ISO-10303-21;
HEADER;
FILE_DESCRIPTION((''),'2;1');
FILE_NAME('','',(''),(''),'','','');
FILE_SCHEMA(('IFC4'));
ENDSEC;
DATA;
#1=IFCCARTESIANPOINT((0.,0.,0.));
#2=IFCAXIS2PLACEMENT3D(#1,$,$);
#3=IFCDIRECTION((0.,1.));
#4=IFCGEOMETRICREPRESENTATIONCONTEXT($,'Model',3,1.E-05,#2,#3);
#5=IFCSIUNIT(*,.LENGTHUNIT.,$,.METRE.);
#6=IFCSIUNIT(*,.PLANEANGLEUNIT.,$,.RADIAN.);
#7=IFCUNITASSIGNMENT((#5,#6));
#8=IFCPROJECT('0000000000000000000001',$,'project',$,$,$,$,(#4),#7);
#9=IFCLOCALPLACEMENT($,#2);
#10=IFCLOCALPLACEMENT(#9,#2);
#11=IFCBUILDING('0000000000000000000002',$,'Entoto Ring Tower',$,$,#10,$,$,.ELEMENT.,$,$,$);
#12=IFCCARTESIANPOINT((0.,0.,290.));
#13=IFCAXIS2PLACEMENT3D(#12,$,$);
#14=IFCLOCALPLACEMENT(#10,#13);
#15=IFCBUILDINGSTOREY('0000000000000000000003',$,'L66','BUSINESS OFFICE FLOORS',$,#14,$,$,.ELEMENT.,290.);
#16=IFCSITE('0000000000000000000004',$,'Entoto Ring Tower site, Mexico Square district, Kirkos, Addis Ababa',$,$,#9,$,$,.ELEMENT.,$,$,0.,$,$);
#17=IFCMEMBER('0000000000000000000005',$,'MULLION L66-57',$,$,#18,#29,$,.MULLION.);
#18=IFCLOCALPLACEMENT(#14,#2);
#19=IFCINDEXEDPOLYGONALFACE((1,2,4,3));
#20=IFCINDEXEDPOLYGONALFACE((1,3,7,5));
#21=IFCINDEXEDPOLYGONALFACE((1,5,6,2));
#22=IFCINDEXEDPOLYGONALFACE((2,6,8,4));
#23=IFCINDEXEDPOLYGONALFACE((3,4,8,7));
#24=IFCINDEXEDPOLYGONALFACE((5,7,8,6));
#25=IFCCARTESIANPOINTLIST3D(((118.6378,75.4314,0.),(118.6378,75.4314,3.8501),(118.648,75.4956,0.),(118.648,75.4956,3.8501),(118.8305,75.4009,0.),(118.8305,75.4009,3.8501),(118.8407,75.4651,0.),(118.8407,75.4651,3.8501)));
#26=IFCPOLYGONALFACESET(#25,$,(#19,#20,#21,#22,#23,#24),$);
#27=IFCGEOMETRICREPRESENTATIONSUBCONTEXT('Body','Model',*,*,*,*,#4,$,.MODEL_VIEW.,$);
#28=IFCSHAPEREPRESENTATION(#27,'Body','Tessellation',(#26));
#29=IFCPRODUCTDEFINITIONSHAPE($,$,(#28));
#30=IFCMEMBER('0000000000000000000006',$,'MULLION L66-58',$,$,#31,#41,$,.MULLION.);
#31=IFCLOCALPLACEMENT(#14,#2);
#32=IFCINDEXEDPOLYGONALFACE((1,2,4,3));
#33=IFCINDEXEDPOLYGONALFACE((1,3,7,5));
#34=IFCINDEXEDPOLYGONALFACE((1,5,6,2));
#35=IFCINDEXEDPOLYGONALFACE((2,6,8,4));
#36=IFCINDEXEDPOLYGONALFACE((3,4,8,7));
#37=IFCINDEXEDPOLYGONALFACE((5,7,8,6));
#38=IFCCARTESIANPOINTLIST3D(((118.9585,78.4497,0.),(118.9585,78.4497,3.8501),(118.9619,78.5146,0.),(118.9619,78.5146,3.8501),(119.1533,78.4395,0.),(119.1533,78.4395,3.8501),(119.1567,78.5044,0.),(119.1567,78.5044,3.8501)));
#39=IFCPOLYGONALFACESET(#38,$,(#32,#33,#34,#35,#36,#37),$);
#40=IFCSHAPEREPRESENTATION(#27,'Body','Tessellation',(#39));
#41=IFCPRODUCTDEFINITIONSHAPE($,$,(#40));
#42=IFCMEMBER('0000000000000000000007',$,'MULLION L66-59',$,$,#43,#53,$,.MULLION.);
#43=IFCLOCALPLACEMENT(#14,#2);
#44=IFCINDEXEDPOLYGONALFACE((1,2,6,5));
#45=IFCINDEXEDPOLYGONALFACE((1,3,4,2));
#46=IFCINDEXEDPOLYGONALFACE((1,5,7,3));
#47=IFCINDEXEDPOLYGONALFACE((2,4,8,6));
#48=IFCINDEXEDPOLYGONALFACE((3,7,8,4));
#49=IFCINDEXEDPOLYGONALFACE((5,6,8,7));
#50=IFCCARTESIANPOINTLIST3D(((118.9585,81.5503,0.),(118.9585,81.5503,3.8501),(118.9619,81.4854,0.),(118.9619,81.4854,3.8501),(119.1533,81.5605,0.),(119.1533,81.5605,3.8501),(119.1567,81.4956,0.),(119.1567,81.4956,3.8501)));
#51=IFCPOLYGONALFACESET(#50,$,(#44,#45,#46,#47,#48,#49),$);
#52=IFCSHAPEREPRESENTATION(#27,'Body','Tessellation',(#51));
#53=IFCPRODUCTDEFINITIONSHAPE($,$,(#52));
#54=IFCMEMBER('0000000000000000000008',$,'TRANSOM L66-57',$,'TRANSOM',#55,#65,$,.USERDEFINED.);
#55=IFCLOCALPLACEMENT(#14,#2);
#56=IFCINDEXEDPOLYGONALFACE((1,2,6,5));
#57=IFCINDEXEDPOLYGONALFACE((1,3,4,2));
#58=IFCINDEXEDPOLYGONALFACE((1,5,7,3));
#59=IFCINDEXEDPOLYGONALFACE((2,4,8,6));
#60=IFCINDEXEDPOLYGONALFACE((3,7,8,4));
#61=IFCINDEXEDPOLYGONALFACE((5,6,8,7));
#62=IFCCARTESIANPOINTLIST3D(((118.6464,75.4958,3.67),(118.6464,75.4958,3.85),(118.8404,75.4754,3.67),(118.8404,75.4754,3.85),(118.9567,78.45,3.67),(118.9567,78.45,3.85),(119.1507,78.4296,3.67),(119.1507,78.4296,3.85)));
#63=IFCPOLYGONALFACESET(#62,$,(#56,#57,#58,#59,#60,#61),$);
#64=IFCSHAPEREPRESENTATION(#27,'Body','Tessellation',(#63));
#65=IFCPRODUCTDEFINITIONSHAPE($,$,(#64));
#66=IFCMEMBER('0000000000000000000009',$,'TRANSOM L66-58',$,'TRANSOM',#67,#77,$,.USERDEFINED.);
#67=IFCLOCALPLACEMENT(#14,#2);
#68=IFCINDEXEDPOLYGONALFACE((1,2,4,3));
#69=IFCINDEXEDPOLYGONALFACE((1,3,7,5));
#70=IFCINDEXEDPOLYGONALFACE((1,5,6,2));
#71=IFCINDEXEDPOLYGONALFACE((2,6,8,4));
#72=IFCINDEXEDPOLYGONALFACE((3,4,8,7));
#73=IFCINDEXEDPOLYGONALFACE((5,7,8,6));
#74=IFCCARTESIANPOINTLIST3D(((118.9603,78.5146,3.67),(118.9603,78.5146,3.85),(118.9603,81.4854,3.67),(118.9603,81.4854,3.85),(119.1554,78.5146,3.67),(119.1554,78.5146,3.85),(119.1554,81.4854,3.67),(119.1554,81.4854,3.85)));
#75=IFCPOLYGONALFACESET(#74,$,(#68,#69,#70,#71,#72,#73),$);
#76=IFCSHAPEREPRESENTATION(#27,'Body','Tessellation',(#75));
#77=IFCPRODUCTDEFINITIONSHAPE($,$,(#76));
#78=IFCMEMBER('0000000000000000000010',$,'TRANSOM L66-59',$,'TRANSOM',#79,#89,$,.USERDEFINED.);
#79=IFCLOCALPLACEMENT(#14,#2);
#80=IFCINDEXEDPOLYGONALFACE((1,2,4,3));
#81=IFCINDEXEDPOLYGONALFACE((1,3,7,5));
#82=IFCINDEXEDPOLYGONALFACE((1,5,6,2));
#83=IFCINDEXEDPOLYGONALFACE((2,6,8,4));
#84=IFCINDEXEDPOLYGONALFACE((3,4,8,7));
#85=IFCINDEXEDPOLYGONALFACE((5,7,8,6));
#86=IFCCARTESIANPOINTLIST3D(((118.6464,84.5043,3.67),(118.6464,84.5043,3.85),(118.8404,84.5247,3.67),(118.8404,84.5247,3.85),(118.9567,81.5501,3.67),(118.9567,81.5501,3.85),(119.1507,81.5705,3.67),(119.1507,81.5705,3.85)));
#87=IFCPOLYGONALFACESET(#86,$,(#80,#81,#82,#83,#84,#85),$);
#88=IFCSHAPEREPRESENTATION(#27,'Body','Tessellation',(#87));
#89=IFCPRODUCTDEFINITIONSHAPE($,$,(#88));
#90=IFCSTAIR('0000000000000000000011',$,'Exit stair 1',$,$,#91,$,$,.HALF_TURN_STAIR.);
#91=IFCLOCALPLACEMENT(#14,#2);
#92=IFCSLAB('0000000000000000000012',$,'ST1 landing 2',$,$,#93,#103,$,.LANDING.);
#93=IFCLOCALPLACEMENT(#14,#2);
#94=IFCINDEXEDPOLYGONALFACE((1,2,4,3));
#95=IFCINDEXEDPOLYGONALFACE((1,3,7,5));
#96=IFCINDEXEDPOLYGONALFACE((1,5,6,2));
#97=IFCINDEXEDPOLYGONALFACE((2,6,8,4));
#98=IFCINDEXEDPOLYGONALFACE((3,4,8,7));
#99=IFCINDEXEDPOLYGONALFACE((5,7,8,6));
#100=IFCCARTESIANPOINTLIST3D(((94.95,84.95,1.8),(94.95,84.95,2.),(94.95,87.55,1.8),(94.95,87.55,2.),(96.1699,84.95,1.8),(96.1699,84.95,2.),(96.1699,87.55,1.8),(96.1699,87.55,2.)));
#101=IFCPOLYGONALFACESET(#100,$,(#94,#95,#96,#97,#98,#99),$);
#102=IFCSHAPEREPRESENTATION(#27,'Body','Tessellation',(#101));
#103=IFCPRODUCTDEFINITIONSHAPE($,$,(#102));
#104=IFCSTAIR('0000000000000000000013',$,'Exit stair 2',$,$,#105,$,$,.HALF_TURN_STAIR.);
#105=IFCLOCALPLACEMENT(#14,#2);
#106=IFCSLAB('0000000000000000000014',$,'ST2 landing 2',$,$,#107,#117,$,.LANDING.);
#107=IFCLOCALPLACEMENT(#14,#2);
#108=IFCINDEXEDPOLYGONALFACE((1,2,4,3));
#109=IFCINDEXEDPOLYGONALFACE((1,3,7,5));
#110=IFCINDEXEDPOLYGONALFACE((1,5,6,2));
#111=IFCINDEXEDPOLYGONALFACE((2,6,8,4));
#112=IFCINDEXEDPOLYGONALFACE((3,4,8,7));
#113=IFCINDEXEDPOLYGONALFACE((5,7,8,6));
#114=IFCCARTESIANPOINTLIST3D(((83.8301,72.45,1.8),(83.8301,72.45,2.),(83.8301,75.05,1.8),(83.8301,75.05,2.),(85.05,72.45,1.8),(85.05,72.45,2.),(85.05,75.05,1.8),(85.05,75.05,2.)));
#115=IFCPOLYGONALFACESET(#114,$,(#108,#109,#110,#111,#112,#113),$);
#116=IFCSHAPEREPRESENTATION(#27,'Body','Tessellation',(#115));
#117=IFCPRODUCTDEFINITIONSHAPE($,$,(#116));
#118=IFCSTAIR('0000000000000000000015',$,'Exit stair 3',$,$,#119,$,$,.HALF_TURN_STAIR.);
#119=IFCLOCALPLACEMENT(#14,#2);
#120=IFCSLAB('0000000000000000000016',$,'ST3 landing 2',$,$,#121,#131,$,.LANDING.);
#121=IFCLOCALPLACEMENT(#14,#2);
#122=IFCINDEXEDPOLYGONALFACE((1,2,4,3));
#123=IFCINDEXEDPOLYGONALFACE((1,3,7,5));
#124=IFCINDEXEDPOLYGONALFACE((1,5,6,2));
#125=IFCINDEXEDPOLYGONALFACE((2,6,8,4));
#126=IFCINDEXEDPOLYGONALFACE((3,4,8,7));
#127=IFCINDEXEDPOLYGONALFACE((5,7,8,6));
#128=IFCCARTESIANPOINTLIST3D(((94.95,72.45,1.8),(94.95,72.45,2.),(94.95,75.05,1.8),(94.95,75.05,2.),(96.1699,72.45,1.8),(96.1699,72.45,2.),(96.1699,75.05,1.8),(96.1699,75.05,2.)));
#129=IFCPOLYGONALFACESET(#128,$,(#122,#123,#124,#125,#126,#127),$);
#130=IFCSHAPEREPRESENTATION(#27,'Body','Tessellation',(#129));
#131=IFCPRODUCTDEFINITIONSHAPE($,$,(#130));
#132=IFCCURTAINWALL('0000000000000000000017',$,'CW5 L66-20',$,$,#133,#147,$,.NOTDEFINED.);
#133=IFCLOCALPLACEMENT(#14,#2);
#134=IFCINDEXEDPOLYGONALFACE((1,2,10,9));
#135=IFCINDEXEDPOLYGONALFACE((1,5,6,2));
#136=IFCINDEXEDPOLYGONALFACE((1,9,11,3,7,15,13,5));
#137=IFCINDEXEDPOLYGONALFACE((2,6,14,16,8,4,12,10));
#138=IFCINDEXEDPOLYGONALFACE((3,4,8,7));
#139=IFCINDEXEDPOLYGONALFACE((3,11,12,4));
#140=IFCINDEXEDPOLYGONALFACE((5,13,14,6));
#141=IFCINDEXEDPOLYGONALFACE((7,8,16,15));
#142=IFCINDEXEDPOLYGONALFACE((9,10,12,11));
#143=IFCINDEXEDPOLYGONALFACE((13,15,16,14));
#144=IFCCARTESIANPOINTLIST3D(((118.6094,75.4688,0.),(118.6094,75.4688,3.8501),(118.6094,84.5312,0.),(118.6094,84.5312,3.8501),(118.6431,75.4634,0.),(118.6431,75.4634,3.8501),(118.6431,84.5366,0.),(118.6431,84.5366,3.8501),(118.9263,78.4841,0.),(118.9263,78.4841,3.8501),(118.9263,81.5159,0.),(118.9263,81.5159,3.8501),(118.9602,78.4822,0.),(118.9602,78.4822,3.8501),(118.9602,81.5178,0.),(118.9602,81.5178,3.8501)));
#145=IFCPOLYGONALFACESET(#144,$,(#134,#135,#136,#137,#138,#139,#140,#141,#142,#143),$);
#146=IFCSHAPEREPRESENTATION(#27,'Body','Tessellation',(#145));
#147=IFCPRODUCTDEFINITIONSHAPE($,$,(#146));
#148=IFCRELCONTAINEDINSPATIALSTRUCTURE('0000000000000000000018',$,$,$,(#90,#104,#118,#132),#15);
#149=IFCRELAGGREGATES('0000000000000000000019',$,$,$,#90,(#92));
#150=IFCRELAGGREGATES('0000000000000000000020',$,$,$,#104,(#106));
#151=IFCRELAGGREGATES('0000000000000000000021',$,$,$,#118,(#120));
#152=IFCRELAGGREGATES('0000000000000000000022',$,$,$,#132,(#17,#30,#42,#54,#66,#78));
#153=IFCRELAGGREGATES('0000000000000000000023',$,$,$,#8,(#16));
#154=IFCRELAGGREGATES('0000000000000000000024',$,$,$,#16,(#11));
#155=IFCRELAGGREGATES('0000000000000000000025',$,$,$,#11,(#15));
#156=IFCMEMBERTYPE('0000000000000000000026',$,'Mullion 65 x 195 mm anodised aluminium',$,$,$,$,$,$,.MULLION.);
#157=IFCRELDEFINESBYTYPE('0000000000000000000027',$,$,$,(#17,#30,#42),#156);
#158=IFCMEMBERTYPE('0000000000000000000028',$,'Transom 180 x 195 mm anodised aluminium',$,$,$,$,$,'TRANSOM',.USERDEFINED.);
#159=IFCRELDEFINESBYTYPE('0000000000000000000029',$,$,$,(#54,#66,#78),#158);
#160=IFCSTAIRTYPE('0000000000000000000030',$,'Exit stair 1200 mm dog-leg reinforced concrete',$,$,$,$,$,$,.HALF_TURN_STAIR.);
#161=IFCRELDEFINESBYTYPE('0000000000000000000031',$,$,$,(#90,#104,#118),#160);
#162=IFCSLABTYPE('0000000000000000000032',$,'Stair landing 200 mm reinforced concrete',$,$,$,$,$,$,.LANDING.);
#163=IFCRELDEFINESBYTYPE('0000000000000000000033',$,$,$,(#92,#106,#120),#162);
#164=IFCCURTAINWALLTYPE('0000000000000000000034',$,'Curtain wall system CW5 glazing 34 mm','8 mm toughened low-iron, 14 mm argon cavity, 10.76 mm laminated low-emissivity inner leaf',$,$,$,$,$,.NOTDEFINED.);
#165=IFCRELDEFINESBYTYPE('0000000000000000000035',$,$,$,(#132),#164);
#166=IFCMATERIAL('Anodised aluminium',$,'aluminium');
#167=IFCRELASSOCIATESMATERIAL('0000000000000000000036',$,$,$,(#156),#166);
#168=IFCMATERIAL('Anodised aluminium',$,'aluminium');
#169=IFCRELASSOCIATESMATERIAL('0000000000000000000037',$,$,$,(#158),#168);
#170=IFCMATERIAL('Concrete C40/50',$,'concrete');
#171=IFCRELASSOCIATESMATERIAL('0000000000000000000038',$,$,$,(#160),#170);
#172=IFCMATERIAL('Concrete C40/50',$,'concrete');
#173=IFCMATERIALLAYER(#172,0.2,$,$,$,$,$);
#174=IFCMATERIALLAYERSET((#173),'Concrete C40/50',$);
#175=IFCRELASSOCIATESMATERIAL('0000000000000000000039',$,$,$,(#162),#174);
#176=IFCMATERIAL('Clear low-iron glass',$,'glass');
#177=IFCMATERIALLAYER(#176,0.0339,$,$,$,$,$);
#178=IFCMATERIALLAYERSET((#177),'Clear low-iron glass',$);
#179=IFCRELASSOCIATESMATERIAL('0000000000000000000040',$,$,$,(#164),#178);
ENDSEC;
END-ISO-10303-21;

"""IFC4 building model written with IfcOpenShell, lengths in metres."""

from ifc_helpers import new_model, si_unit, direction, frame, origin, origin_2d, place, context, subcontext, project, spatial, polyline, rectangle, outline, extrude, material, layer, layer_set, material_profile, profile_set, type_object, element, aggregate, save


model = new_model("IFC4")

# Units and contexts
model_context = context("Model", 3, precision=1e-05, world=origin(), true_north=direction((0.0, 1.0)))
body_context = subcontext(model_context, "Body", "Model", "MODEL_VIEW")
ifc_project = project(units=[si_unit("LENGTHUNIT", "METRE"), si_unit("PLANEANGLEUNIT", "RADIAN")], contexts=[model_context])

# Members
ifc_material_1 = material(Name="Anodised aluminium", Category="aluminium")
ifc_material_profile_1 = material_profile(ifc_material_1, rectangle(XDim=0.0649, YDim=0.1951, at=origin_2d()), Name="Mullion 65 x 195 mm anodised aluminium")
ifc_profile_set_1 = profile_set([ifc_material_profile_1], Name="Anodised aluminium")
member_type_1 = type_object("IfcMemberType", Name="Mullion 65 x 195 mm anodised aluminium", PredefinedType="MULLION", material=ifc_profile_set_1)
site_placement = place(None, origin())
building_placement = place(site_placement, origin())
storey_placement = place(building_placement, frame((0.0, 0.0, 290.0)))
member_1_placement = place(storey_placement, frame((118.7393, 75.4482, 0.0), z_axis=(0.0, 0.0, 1.0), x_axis=(0.156434, 0.987688, 0.0)))
member_1 = element("IfcMember", 1, at=member_1_placement, type_object=member_type_1, Name="MULLION L66-57", PredefinedType="MULLION", context=body_context, shape_type="SweptSolid", body=[
    extrude(rectangle(XDim=0.0649, YDim=0.1951, at=origin_2d()), origin(), (0.0, 0.0, 1.0), 3.8501),
])
member_2_placement = place(storey_placement, frame((119.0576, 78.4771, 0.0), z_axis=(0.0, 0.0, 1.0), x_axis=(0.052336, 0.99863, 0.0)))
member_2 = element("IfcMember", 2, at=member_2_placement, type_object=member_type_1, Name="MULLION L66-58", PredefinedType="MULLION", context=body_context, shape_type="SweptSolid", body=[
    extrude(rectangle(XDim=0.0649, YDim=0.1951, at=origin_2d()), origin(), (0.0, 0.0, 1.0), 3.8501),
])
member_3_placement = place(storey_placement, frame((119.0576, 81.5229, 0.0), z_axis=(0.0, 0.0, 1.0), x_axis=(-0.052336, 0.99863, 0.0)))
member_3 = element("IfcMember", 3, at=member_3_placement, type_object=member_type_1, Name="MULLION L66-59", PredefinedType="MULLION", context=body_context, shape_type="SweptSolid", body=[
    extrude(rectangle(XDim=0.0649, YDim=0.1951, at=origin_2d()), origin(), (0.0, 0.0, 1.0), 3.8501),
])
ifc_material_2 = material(Name="Anodised aluminium", Category="aluminium")
ifc_material_profile_2 = material_profile(ifc_material_2, rectangle(XDim=0.1951, YDim=0.1799, at=origin_2d()), Name="Transom 180 x 195 mm anodised aluminium")
ifc_profile_set_2 = profile_set([ifc_material_profile_2], Name="Anodised aluminium")
member_type_2 = type_object("IfcMemberType", Name="Transom 180 x 195 mm anodised aluminium", ElementType="TRANSOM", PredefinedType="USERDEFINED", material=ifc_profile_set_2)
member_4_placement = place(storey_placement, frame((118.7434, 75.4856, 3.76), z_axis=(0.104467, 0.994528, 0.0), x_axis=(-0.994528, 0.104467, 0.0)))
member_4 = element("IfcMember", 4, at=member_4_placement, type_object=member_type_2, Name="TRANSOM L66-57", ObjectType="TRANSOM", PredefinedType="USERDEFINED", context=body_context, shape_type="SweptSolid", body=[
    extrude(rectangle(XDim=0.1951, YDim=0.1799, at=origin_2d()), origin(), (0.0, 0.0, 1.0), 2.9705),
])
member_5_placement = place(storey_placement, frame((119.0579, 78.5146, 3.76), z_axis=(0.0, 1.0, 0.0), x_axis=(-1.0, 0.0, 0.0)))
member_5 = element("IfcMember", 5, at=member_5_placement, type_object=member_type_2, Name="TRANSOM L66-58", ObjectType="TRANSOM", PredefinedType="USERDEFINED", context=body_context, shape_type="SweptSolid", body=[
    extrude(rectangle(XDim=0.1951, YDim=0.1799, at=origin_2d()), origin(), (0.0, 0.0, 1.0), 2.9707),
])
member_6_placement = place(storey_placement, frame((119.0537, 81.5603, 3.76), z_axis=(-0.104467, 0.994528, 0.0), x_axis=(-0.994528, -0.104467, 0.0)))
member_6 = element("IfcMember", 6, at=member_6_placement, type_object=member_type_2, Name="TRANSOM L66-59", ObjectType="TRANSOM", PredefinedType="USERDEFINED", context=body_context, shape_type="SweptSolid", body=[
    extrude(rectangle(XDim=0.1951, YDim=0.1799, at=origin_2d()), origin(), (0.0, 0.0, 1.0), 2.9705),
])

# Site, building, storey
site = spatial("IfcSite", under=ifc_project, at=site_placement, Name="Entoto Ring Tower site, Mexico Square district, Kirkos, Addis Ababa", CompositionType="ELEMENT", RefElevation=0.0)
building = spatial("IfcBuilding", under=site, at=building_placement, Name="Entoto Ring Tower", CompositionType="ELEMENT")
storey = spatial("IfcBuildingStorey", under=building, at=storey_placement, Name="L66", Description="BUSINESS OFFICE FLOORS", CompositionType="ELEMENT", Elevation=290.0)

# Stairs, slabs
ifc_material_3 = material(Name="Concrete C40/50", Category="concrete")
stair_type = type_object("IfcStairType", Name="Exit stair 1200 mm dog-leg reinforced concrete", PredefinedType="HALF_TURN_STAIR", material=ifc_material_3)
stair_1_placement = place(storey_placement, origin())
stair_1 = element("IfcStair", 7, at=stair_1_placement, inside=storey, type_object=stair_type, Name="Exit stair 1", PredefinedType="HALF_TURN_STAIR")
ifc_material_4 = material(Name="Concrete C40/50", Category="concrete")
ifc_layer_1 = layer(ifc_material_4, 0.2)
ifc_layer_set_1 = layer_set([ifc_layer_1], Name="Concrete C40/50")
slab_type = type_object("IfcSlabType", Name="Stair landing 200 mm reinforced concrete", PredefinedType="LANDING", material=ifc_layer_set_1)
slab_1_placement = place(storey_placement, frame((0.0, 0.0, 1.8)))
slab_1 = element("IfcSlab", 8, at=slab_1_placement, type_object=slab_type, Name="ST1 landing 2", PredefinedType="LANDING", context=body_context, shape_type="SweptSolid", body=[
    extrude(outline(polyline([(94.95, 84.95), (96.1699, 84.95), (96.1699, 87.55), (94.95, 87.55), (94.95, 84.95)])), origin(), (0.0, 0.0, 1.0), 0.2),
])
aggregate(stair_1, [slab_1])
stair_2_placement = place(storey_placement, origin())
stair_2 = element("IfcStair", 9, at=stair_2_placement, inside=storey, type_object=stair_type, Name="Exit stair 2", PredefinedType="HALF_TURN_STAIR")
slab_2_placement = place(storey_placement, frame((0.0, 0.0, 1.8)))
slab_2 = element("IfcSlab", 10, at=slab_2_placement, type_object=slab_type, Name="ST2 landing 2", PredefinedType="LANDING", context=body_context, shape_type="SweptSolid", body=[
    extrude(outline(polyline([(83.8301, 72.45), (85.05, 72.45), (85.05, 75.05), (83.8301, 75.05), (83.8301, 72.45)])), origin(), (0.0, 0.0, 1.0), 0.2),
])
aggregate(stair_2, [slab_2])
stair_3_placement = place(storey_placement, origin())
stair_3 = element("IfcStair", 11, at=stair_3_placement, inside=storey, type_object=stair_type, Name="Exit stair 3", PredefinedType="HALF_TURN_STAIR")
slab_3_placement = place(storey_placement, frame((0.0, 0.0, 1.8)))
slab_3 = element("IfcSlab", 12, at=slab_3_placement, type_object=slab_type, Name="ST3 landing 2", PredefinedType="LANDING", context=body_context, shape_type="SweptSolid", body=[
    extrude(outline(polyline([(94.95, 72.45), (96.1699, 72.45), (96.1699, 75.05), (94.95, 75.05), (94.95, 72.45)])), origin(), (0.0, 0.0, 1.0), 0.2),
])
aggregate(stair_3, [slab_3])

# Curtain wall
ifc_material_5 = material(Name="Clear low-iron glass", Category="glass")
ifc_layer_2 = layer(ifc_material_5, 0.0339)
ifc_layer_set_2 = layer_set([ifc_layer_2], Name="Clear low-iron glass")
curtain_wall_type = type_object("IfcCurtainWallType", Name="Curtain wall system CW5 glazing 34 mm", Description="8 mm toughened low-iron, 14 mm argon cavity, 10.76 mm laminated low-emissivity inner leaf", PredefinedType="NOTDEFINED", material=ifc_layer_set_2)
curtain_wall_1_placement = place(storey_placement, origin())
curtain_wall_1 = element("IfcCurtainWall", 13, at=curtain_wall_1_placement, inside=storey, type_object=curtain_wall_type, Name="CW5 L66-20", PredefinedType="NOTDEFINED", context=body_context, shape_type="SweptSolid", body=[
    extrude(outline(polyline([(118.6431, 75.4634), (118.9602, 78.4822), (118.9602, 81.5178), (118.6431, 84.5366), (118.6094, 84.5312), (118.9263, 81.5159), (118.9263, 78.4841), (118.6094, 75.4688), (118.6431, 75.4634)])), origin(), (0.0, 0.0, 1.0), 3.8501),
])
aggregate(curtain_wall_1, [member_1, member_2, member_3, member_4, member_5, member_6])

save(model, "model.ifc")
